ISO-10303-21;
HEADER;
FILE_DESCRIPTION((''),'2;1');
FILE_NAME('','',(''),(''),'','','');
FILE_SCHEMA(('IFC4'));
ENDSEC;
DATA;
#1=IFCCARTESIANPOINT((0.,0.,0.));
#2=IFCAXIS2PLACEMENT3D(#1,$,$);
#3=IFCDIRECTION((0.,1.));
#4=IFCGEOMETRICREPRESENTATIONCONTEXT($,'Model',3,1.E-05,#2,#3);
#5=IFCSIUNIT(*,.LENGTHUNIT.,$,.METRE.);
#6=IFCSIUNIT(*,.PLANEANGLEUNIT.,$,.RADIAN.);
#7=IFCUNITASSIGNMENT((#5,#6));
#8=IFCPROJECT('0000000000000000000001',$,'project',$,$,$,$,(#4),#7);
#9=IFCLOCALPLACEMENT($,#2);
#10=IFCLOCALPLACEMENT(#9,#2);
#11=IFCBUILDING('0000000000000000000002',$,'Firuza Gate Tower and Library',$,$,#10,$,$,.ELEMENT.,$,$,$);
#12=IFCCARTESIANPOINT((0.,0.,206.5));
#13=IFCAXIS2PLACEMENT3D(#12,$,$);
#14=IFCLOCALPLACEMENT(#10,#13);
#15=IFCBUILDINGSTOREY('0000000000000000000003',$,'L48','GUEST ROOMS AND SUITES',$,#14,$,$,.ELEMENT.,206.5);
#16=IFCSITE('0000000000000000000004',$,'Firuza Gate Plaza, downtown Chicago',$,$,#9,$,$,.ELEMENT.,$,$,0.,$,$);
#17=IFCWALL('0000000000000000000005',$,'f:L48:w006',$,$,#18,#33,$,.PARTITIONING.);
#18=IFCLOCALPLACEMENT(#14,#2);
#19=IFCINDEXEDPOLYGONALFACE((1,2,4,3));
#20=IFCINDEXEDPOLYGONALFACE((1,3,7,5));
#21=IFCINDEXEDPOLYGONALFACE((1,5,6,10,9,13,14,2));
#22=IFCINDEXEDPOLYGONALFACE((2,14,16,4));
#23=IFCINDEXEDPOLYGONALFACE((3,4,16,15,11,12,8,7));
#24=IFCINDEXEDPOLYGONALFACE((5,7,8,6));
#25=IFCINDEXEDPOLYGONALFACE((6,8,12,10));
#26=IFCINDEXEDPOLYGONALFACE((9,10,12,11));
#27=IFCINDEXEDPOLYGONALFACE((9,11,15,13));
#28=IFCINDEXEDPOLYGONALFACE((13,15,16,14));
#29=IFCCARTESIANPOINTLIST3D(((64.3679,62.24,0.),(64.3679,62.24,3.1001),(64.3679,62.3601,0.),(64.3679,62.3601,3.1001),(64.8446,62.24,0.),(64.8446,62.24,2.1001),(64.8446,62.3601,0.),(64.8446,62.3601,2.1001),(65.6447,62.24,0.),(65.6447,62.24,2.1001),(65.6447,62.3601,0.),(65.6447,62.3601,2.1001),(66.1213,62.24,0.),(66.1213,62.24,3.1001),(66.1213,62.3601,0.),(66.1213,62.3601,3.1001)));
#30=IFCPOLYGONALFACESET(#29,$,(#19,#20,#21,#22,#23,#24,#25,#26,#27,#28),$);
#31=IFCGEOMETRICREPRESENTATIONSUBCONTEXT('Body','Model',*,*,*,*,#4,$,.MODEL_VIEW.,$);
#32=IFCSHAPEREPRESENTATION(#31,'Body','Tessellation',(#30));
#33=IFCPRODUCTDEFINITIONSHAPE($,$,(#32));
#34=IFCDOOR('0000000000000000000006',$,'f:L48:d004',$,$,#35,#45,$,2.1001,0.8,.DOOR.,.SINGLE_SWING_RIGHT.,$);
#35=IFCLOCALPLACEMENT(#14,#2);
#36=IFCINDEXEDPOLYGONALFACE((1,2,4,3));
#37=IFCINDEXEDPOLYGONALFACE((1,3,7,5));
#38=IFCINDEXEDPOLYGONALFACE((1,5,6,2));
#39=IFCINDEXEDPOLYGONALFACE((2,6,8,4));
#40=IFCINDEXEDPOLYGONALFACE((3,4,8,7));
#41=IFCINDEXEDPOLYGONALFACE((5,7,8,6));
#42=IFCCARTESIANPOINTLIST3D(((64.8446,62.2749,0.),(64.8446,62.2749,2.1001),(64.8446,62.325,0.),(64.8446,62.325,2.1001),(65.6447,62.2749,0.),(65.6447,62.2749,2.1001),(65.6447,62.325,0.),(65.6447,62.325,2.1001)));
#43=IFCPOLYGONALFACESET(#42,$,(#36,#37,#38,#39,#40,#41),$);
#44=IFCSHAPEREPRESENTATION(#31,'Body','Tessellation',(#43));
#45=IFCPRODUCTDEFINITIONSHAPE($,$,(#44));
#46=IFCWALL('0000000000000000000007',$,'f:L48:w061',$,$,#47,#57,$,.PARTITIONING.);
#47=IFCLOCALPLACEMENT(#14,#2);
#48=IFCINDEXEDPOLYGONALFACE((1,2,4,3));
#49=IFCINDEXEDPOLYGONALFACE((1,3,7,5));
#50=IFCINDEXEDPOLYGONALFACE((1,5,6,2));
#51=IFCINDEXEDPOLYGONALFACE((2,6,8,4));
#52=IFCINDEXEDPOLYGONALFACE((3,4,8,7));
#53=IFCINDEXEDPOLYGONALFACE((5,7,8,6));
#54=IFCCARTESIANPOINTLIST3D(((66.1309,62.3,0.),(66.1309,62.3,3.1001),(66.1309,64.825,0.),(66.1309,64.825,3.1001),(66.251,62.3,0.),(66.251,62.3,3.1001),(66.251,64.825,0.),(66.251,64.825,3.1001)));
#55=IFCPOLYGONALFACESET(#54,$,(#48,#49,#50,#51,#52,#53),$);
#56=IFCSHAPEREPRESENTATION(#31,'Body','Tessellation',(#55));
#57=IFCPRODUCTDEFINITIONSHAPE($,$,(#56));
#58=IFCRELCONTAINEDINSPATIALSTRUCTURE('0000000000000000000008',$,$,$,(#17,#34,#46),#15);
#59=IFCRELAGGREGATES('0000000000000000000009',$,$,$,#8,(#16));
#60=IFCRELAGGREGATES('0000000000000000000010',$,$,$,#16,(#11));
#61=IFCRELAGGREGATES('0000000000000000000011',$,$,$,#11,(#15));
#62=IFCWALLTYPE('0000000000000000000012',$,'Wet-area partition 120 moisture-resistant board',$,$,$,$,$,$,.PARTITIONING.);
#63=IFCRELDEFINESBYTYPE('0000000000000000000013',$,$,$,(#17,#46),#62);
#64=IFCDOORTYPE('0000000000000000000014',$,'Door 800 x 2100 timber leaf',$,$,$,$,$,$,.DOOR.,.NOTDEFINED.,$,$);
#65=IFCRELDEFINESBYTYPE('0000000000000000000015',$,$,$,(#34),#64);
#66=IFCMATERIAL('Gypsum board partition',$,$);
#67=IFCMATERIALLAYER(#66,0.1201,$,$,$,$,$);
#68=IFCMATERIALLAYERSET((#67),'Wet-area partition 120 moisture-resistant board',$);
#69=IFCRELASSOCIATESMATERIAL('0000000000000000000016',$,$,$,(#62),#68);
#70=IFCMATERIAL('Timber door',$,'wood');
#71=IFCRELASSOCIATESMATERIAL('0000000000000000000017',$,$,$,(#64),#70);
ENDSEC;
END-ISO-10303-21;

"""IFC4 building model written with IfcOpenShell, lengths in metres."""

from ifc_helpers import new_model, si_unit, direction, frame, frame_2d, origin, place, context, subcontext, project, spatial, rectangle, extrude, material, layer, layer_set, type_object, element, fill, save


model = new_model("IFC4")

# Units and contexts
model_context = context("Model", 3, precision=1e-05, world=origin(), true_north=direction((0.0, 1.0)))
body_context = subcontext(model_context, "Body", "Model", "MODEL_VIEW")
ifc_project = project(units=[si_unit("LENGTHUNIT", "METRE"), si_unit("PLANEANGLEUNIT", "RADIAN")], contexts=[model_context])

# Site, building, storey
site_placement = place(None, origin())
site = spatial("IfcSite", under=ifc_project, at=site_placement, Name="Firuza Gate Plaza, downtown Chicago", CompositionType="ELEMENT", RefElevation=0.0)
building_placement = place(site_placement, origin())
building = spatial("IfcBuilding", under=site, at=building_placement, Name="Firuza Gate Tower and Library", CompositionType="ELEMENT")
storey_placement = place(building_placement, frame((0.0, 0.0, 206.5)))
storey = spatial("IfcBuildingStorey", under=building, at=storey_placement, Name="L48", Description="GUEST ROOMS AND SUITES", CompositionType="ELEMENT", Elevation=206.5)

# Wall, opening, door
ifc_material_1 = material(Name="Gypsum board partition")
ifc_layer_1 = layer(ifc_material_1, 0.1201)
ifc_layer_set_1 = layer_set([ifc_layer_1], Name="Wet-area partition 120 moisture-resistant board")
wall_type_1 = type_object("IfcWallType", Name="Wet-area partition 120 moisture-resistant board", PredefinedType="PARTITIONING", material=ifc_layer_set_1)
wall_1_placement = place(storey_placement, frame((64.3679, 62.3, 0.0), z_axis=(0.0, 0.0, 1.0), x_axis=(1.0, 0.0, 0.0)))
wall_1 = element("IfcWall", 1, at=wall_1_placement, inside=storey, type_object=wall_type_1, Name="f:L48:w006", PredefinedType="PARTITIONING", context=body_context, shape_type="SweptSolid", body=[
    extrude(rectangle(XDim=1.7534, YDim=0.1201, at=frame_2d((0.8767, 0.0))), origin(), (0.0, 0.0, 1.0), 3.1001),
])
opening_1_placement = place(wall_1_placement, frame((0.4768, 0.0, 0.0)))
opening_1 = element("IfcOpeningElement", 2, at=opening_1_placement, cuts=wall_1, PredefinedType="OPENING", context=body_context, shape_type="SweptSolid", body=[
    extrude(rectangle(XDim=0.8, YDim=2.1001, at=frame_2d((0.3999, 1.05))), frame((0.0, 0.0701, 0.0), z_axis=(0.0, -1.0, 0.0), x_axis=(1.0, 0.0, 0.0)), (0.0, 0.0, 1.0), 0.1401),
])
ifc_material_2 = material(Name="Timber door", Category="wood")
door_type_1 = type_object("IfcDoorType", Name="Door 800 x 2100 timber leaf", OperationType="NOTDEFINED", PredefinedType="DOOR", material=ifc_material_2)
door_1_placement = place(opening_1_placement, origin())
door_1 = element("IfcDoor", 3, at=door_1_placement, inside=storey, type_object=door_type_1, Name="f:L48:d004", OperationType="SINGLE_SWING_RIGHT", OverallHeight=2.1001, OverallWidth=0.8, PredefinedType="DOOR", context=body_context, shape_type="SweptSolid", body=[
    extrude(rectangle(XDim=0.8, YDim=2.1001, at=frame_2d((0.3999, 1.05))), frame((0.0, 0.0249, 0.0), z_axis=(0.0, -1.0, 0.0), x_axis=(1.0, 0.0, 0.0)), (0.0, 0.0, 1.0), 0.05),
])
fill(opening_1, door_1)

# Wall
wall_2_placement = place(storey_placement, frame((66.1909, 62.3, 0.0), z_axis=(0.0, 0.0, 1.0), x_axis=(0.0, 1.0, 0.0)))
element("IfcWall", 4, at=wall_2_placement, inside=storey, type_object=wall_type_1, Name="f:L48:w061", PredefinedType="PARTITIONING", context=body_context, shape_type="SweptSolid", body=[
    extrude(rectangle(XDim=2.5249, YDim=0.1201, at=frame_2d((1.2625, 0.0))), origin(), (0.0, 0.0, 1.0), 3.1001),
])

save(model, "model.ifc")
